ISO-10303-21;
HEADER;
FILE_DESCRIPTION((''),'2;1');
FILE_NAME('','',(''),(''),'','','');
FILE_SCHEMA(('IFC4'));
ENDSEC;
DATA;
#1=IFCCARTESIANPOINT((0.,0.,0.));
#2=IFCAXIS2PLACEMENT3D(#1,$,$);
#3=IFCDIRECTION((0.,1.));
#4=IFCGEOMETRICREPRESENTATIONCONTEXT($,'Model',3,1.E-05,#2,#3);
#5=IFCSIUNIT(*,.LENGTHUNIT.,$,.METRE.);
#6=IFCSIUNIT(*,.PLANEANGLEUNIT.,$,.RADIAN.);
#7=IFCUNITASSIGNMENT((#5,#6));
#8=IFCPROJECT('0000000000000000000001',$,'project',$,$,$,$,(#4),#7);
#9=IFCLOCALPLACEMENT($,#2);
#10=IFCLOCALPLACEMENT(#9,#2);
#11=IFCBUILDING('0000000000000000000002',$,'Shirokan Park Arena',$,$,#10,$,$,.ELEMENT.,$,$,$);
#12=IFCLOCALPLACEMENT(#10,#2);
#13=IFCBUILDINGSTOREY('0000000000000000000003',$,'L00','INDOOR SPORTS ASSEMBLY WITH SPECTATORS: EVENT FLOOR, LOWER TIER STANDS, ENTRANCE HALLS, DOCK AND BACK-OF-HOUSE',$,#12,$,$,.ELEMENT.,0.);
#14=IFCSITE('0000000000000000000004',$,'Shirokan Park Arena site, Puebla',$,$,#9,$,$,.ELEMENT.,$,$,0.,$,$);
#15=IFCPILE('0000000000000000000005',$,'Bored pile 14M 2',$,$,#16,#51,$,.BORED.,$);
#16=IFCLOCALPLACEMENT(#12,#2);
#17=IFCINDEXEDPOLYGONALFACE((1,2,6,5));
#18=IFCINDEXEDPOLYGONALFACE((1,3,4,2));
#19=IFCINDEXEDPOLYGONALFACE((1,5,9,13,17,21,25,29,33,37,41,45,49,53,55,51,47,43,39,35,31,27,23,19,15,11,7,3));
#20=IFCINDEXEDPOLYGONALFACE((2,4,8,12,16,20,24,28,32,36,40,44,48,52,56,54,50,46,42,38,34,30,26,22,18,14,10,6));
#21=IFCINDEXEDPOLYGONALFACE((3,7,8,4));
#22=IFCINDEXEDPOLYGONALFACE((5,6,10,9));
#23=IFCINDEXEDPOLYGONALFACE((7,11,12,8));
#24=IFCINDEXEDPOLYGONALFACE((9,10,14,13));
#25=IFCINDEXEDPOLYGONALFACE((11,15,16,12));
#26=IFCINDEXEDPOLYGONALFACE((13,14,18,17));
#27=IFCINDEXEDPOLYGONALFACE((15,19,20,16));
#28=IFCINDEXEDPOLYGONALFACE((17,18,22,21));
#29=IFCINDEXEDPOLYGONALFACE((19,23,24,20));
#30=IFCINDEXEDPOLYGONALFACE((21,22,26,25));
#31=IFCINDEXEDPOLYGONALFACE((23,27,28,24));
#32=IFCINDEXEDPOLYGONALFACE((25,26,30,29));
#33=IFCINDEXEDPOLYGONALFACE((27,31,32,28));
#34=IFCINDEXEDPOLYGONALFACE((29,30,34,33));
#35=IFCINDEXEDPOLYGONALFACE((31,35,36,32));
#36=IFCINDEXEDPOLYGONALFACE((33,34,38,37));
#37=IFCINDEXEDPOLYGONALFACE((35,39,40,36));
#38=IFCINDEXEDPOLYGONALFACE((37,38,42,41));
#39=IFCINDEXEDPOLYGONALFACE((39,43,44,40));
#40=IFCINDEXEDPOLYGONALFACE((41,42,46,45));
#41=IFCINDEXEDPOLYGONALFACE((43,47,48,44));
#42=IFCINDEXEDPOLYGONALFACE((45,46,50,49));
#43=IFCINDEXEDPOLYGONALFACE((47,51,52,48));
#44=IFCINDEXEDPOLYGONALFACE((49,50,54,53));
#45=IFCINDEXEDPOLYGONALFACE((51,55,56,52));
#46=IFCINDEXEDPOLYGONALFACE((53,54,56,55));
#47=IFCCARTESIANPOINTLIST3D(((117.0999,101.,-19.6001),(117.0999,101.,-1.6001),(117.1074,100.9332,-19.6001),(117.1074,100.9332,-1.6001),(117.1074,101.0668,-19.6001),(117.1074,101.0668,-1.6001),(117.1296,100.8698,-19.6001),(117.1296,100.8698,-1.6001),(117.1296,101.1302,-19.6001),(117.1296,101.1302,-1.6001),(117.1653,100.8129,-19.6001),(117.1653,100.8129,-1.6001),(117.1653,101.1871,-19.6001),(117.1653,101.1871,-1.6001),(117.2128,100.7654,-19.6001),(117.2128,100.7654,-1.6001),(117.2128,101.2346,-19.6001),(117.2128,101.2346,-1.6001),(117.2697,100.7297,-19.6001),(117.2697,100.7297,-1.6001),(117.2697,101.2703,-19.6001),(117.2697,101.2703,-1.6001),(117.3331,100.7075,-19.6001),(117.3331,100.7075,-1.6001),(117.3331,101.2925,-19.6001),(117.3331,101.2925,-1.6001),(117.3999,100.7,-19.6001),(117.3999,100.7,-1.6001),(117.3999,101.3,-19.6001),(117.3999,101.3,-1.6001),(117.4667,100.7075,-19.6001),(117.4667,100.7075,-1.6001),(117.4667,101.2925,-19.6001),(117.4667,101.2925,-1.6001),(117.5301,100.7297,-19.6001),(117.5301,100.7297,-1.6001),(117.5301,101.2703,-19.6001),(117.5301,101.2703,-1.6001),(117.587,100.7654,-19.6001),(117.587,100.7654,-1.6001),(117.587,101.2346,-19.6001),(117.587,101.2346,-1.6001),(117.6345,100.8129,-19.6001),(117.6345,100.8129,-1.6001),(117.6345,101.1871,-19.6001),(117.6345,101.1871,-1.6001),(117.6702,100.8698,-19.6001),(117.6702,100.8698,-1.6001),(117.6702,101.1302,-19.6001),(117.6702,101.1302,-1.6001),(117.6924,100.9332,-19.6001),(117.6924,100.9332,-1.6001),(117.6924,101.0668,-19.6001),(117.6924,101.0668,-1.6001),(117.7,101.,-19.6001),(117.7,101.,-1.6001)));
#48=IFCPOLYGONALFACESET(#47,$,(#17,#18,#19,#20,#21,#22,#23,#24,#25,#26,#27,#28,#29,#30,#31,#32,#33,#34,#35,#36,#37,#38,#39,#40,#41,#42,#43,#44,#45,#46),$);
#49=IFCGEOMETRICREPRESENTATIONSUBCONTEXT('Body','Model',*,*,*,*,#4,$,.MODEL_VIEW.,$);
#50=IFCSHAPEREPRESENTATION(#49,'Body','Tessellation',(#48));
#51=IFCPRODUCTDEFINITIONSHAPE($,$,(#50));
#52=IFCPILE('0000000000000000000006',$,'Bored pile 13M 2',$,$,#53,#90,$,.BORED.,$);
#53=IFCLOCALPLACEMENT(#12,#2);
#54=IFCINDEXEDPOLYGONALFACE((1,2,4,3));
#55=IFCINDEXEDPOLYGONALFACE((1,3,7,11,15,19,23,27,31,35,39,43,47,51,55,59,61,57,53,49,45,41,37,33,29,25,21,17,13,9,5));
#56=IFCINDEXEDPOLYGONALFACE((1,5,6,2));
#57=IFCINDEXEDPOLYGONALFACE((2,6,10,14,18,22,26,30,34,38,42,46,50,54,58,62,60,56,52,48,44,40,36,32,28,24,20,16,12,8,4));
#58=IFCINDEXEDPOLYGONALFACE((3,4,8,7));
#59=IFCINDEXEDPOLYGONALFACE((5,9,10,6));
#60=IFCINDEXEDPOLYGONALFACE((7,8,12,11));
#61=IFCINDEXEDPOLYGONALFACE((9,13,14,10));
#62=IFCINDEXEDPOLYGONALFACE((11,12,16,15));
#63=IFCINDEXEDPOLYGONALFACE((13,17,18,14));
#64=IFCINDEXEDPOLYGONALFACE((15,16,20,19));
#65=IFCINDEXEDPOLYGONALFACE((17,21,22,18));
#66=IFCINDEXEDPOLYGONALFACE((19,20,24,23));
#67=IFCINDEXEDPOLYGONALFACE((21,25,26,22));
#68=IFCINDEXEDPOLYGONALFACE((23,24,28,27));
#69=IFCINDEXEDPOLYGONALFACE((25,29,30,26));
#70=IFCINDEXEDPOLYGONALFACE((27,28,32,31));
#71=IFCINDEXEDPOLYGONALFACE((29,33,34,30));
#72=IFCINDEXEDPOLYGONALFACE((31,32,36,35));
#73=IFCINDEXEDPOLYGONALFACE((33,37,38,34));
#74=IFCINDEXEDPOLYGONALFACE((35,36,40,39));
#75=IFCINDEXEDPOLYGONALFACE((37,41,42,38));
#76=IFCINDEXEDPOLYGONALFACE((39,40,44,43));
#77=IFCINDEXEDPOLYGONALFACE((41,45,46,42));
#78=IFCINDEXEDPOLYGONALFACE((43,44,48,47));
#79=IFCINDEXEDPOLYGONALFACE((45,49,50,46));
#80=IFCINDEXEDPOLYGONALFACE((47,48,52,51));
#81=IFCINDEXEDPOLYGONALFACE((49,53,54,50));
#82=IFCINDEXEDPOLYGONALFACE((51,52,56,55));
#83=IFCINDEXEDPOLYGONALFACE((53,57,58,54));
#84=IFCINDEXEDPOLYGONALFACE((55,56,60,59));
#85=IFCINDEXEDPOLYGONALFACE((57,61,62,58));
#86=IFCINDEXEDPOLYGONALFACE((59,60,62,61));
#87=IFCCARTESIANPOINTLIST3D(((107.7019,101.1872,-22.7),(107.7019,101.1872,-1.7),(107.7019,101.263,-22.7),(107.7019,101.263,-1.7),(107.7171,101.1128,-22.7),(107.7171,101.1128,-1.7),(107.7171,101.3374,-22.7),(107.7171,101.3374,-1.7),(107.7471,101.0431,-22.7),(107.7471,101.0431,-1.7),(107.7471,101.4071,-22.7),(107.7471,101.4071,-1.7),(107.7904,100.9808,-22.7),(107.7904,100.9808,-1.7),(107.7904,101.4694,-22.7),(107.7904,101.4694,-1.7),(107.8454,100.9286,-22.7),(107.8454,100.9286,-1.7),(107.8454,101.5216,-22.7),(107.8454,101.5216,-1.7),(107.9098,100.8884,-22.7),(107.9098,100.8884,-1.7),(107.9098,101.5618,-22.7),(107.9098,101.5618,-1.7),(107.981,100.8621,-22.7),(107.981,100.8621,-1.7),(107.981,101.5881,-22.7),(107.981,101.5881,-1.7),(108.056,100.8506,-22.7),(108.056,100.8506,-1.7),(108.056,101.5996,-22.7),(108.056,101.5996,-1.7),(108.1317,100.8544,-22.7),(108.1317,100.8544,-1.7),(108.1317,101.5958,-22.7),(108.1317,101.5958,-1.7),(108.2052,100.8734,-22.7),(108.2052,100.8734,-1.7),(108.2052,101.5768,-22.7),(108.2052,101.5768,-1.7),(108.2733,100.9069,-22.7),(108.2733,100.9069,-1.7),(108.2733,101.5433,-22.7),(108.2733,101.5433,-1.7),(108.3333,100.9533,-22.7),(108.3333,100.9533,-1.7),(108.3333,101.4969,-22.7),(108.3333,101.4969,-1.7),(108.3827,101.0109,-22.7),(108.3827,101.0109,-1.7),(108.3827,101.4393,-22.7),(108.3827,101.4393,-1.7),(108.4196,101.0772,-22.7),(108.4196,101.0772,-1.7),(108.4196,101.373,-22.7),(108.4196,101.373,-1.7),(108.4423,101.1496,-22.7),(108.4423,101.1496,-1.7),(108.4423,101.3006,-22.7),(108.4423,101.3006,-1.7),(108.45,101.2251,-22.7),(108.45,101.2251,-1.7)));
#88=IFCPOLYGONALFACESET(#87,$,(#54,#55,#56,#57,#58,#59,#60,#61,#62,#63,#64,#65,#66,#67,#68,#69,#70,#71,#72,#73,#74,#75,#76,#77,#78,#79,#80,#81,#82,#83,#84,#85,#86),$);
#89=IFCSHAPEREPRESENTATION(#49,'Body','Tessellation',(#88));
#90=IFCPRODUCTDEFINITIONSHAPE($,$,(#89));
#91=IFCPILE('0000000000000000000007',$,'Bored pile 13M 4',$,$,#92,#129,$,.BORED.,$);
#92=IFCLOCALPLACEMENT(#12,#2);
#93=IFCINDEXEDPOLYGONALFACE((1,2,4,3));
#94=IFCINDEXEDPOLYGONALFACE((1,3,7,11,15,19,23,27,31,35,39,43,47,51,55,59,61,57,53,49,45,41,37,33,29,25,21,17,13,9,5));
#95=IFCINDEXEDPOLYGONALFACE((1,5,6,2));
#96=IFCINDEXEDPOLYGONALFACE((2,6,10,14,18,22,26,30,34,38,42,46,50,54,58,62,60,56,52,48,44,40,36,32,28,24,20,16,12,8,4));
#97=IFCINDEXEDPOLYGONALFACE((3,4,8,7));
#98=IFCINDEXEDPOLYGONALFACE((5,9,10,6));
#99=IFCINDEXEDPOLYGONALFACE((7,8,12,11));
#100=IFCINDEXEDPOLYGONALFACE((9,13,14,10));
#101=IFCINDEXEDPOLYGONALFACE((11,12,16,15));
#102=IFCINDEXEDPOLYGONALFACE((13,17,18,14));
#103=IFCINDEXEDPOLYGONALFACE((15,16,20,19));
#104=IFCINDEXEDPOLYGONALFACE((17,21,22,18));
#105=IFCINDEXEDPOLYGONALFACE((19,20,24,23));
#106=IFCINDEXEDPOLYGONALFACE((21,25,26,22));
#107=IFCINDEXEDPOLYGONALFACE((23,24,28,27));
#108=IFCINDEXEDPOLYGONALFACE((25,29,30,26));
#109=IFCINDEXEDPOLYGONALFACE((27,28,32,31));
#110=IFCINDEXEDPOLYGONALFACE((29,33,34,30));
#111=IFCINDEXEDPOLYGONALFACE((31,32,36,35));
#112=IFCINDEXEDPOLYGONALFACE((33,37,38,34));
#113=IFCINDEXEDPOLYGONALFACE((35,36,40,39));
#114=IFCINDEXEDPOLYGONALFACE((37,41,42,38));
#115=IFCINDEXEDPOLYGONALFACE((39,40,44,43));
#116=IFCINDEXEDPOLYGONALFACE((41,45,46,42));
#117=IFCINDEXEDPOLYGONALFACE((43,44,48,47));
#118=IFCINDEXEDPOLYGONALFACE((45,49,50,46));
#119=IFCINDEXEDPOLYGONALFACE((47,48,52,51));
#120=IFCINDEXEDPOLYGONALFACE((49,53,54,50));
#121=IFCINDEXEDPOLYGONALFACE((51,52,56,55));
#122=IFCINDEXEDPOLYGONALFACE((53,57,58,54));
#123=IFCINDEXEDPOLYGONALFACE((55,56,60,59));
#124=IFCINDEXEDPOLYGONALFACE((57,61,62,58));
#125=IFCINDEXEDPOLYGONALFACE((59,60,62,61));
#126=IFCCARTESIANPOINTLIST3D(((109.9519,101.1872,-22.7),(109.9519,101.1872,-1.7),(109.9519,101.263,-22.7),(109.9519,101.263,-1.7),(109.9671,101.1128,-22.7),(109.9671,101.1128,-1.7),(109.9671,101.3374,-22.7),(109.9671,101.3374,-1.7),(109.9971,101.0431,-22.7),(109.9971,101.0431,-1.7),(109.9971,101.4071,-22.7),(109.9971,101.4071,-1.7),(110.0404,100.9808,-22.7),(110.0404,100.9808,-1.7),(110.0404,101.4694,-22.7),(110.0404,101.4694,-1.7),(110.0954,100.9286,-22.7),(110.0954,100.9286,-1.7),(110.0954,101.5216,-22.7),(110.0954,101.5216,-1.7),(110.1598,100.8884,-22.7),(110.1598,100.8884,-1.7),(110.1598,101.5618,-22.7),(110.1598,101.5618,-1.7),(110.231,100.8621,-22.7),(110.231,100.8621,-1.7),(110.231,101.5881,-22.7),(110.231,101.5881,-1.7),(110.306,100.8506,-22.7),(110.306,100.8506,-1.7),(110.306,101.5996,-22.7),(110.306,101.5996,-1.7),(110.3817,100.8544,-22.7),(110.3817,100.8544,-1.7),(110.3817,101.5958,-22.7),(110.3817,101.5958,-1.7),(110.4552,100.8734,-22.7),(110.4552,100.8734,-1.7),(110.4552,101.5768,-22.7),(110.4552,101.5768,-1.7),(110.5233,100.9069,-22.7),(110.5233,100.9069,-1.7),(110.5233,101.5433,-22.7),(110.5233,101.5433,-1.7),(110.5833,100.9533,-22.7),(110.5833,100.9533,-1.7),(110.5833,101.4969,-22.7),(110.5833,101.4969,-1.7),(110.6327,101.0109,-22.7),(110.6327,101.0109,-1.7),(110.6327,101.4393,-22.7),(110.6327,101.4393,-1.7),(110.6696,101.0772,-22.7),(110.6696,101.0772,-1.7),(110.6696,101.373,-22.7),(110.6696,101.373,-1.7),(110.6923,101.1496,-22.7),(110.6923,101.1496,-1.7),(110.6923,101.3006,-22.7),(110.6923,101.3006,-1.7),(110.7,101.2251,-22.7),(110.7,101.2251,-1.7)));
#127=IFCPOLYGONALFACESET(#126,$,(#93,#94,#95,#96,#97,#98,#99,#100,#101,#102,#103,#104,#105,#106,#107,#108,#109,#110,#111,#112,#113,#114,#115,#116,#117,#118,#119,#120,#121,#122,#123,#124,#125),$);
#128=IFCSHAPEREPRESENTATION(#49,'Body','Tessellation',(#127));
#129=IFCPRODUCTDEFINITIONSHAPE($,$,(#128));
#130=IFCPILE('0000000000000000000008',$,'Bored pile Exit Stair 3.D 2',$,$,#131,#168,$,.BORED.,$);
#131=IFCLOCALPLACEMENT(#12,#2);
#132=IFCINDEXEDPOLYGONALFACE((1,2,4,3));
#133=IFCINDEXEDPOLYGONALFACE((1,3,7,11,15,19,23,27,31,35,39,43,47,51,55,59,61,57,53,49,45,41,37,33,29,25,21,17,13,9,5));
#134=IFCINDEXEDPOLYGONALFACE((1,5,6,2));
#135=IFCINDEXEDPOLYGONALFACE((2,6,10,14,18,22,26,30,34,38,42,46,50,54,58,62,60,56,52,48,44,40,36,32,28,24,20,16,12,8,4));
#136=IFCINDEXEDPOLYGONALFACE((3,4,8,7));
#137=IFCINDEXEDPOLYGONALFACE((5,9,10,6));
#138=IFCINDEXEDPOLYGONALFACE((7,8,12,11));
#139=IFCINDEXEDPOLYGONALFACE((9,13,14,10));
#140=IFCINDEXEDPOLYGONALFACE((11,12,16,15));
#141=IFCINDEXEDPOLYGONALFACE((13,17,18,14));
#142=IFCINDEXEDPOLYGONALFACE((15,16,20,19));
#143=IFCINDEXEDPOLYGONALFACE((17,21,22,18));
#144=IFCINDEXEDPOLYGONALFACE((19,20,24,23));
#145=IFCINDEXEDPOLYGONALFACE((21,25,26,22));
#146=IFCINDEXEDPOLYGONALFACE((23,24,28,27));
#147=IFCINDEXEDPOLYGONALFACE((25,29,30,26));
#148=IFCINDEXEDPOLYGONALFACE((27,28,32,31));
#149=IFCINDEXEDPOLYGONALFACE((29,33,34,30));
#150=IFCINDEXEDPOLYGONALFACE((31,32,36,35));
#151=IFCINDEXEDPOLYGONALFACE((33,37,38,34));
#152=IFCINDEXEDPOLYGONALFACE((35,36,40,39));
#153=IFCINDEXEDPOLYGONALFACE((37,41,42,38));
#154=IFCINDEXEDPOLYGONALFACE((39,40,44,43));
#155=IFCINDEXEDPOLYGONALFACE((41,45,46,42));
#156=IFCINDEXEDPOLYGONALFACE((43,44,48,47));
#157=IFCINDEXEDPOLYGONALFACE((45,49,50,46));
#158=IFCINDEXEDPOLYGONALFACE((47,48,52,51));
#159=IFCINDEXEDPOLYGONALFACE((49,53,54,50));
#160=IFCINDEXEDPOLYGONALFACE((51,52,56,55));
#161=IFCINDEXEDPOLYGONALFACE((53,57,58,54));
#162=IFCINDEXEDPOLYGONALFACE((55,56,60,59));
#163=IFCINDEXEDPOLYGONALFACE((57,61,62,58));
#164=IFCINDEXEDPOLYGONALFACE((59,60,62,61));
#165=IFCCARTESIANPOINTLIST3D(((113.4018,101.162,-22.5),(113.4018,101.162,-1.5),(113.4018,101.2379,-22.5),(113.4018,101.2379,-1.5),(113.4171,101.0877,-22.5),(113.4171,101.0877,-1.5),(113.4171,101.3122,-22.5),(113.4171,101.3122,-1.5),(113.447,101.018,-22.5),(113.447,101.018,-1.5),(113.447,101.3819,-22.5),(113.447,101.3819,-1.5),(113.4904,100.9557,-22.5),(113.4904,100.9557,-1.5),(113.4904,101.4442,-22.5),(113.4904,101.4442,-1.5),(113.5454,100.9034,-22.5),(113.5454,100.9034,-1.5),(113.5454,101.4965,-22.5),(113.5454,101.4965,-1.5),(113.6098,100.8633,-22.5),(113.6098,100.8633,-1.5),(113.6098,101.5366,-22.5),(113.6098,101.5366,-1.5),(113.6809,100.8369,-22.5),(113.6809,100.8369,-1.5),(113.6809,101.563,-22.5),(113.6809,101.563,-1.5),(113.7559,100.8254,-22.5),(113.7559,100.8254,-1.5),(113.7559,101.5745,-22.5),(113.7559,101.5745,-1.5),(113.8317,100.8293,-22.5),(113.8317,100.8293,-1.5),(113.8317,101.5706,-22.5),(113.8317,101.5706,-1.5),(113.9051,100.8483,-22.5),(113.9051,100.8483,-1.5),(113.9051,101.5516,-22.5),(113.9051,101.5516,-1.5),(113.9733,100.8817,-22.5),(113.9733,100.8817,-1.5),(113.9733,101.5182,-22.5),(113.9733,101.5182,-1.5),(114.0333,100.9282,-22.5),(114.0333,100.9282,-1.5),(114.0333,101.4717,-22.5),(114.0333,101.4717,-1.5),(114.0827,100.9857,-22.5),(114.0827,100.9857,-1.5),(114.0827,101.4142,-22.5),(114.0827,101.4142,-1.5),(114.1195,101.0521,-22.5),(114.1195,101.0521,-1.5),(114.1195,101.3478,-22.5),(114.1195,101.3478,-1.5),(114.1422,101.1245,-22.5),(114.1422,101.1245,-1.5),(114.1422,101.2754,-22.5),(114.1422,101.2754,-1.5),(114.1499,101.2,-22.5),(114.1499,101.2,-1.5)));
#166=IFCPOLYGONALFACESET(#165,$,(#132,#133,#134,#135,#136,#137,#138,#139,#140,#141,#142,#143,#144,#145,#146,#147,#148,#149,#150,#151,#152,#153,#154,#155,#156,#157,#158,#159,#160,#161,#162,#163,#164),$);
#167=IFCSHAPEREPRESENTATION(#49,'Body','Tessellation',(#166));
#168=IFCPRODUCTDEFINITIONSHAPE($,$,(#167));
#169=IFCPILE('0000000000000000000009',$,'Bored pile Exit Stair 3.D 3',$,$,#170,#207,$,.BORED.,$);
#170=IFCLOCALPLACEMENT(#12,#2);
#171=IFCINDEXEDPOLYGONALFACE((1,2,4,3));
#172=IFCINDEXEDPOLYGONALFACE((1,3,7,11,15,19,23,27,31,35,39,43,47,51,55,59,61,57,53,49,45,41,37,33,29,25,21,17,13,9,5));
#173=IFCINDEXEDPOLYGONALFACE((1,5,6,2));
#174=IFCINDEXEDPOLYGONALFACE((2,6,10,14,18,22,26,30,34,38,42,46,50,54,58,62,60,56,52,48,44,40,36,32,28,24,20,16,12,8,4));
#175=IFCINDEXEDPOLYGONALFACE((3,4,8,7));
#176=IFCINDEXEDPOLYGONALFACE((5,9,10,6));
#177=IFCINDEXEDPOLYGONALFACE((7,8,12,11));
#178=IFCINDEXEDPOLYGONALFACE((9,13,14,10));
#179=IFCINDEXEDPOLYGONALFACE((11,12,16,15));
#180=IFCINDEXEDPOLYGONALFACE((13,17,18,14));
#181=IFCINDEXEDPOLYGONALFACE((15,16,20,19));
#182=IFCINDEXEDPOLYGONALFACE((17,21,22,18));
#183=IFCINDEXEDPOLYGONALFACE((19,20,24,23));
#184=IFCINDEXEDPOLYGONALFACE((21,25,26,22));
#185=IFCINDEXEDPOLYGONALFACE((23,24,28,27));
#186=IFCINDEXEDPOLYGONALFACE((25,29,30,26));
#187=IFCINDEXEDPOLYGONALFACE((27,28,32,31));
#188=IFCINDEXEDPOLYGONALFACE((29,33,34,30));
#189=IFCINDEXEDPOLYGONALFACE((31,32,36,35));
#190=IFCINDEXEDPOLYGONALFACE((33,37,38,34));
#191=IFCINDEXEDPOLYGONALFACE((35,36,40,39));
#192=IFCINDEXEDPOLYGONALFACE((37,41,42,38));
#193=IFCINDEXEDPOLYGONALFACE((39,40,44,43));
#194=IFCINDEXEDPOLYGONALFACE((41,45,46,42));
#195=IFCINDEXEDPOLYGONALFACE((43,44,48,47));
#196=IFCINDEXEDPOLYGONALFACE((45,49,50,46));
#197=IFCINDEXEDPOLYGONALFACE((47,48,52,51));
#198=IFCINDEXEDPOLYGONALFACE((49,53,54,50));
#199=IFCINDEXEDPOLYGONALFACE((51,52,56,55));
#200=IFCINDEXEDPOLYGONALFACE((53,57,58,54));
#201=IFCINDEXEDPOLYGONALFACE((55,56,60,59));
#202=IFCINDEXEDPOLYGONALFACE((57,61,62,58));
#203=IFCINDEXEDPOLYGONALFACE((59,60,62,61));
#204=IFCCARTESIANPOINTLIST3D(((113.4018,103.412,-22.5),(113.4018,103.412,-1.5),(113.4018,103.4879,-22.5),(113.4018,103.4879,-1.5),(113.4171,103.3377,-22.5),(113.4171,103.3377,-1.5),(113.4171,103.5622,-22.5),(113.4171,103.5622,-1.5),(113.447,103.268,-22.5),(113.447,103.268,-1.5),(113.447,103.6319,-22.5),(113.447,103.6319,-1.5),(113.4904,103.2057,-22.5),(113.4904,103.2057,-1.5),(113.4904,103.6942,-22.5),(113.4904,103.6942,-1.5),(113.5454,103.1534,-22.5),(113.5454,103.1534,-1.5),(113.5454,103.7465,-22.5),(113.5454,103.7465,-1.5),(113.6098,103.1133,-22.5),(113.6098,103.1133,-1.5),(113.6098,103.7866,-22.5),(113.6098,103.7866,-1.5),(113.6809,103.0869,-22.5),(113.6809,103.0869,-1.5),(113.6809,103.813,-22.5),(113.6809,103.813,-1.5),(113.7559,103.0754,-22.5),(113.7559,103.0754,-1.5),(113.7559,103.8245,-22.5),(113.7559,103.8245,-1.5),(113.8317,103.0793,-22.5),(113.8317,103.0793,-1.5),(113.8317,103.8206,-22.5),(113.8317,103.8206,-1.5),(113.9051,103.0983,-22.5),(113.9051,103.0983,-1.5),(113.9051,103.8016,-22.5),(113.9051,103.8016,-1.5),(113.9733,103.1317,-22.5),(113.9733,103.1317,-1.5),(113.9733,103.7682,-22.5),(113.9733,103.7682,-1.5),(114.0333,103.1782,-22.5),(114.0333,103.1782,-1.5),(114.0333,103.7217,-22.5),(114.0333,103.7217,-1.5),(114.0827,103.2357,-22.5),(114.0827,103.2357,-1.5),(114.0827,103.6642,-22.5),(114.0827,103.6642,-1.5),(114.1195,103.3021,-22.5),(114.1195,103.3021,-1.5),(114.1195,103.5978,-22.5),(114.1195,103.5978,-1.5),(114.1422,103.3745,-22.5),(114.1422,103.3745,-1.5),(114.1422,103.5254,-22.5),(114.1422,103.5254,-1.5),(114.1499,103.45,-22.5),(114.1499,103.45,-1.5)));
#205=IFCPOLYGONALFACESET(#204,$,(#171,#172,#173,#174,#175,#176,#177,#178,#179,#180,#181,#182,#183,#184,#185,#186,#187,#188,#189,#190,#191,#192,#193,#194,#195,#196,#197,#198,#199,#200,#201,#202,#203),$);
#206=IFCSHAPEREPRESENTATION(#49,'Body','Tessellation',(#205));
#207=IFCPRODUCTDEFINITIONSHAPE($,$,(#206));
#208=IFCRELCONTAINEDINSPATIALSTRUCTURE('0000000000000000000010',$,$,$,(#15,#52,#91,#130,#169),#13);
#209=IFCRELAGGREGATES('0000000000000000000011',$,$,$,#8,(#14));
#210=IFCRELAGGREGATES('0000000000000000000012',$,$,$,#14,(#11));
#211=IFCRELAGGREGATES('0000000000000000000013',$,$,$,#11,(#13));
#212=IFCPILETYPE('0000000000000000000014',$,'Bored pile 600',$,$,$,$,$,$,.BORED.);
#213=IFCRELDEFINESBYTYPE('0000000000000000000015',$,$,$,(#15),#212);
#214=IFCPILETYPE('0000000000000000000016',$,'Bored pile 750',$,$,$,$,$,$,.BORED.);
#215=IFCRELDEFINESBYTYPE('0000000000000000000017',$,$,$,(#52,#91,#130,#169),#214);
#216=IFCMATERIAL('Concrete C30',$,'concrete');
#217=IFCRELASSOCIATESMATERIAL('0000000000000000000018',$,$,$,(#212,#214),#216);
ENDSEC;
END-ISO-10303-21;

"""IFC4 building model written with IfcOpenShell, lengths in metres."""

from ifc_helpers import new_model, si_unit, direction, frame, origin, origin_2d, place, context, subcontext, project, spatial, circle, extrude, material, material_profile, profile_set, type_object, element, save


model = new_model("IFC4")

# Units and contexts
model_context = context("Model", 3, precision=1e-05, world=origin(), true_north=direction((0.0, 1.0)))
body_context = subcontext(model_context, "Body", "Model", "MODEL_VIEW")
ifc_project = project(units=[si_unit("LENGTHUNIT", "METRE"), si_unit("PLANEANGLEUNIT", "RADIAN")], contexts=[model_context])

# Site, building, storey
site_placement = place(None, origin())
site = spatial("IfcSite", under=ifc_project, at=site_placement, Name="Shirokan Park Arena site, Puebla", CompositionType="ELEMENT", RefElevation=0.0)
building_placement = place(site_placement, origin())
building = spatial("IfcBuilding", under=site, at=building_placement, Name="Shirokan Park Arena", CompositionType="ELEMENT")
storey_placement = place(building_placement, origin())
storey = spatial("IfcBuildingStorey", under=building, at=storey_placement, Name="L00", Description="INDOOR SPORTS ASSEMBLY WITH SPECTATORS: EVENT FLOOR, LOWER TIER STANDS, ENTRANCE HALLS, DOCK AND BACK-OF-HOUSE", CompositionType="ELEMENT", Elevation=0.0)

# Piles
ifc_material_1 = material(Name="Concrete C30", Category="concrete")
ifc_material_profile_1 = material_profile(ifc_material_1, circle(Radius=0.3, at=origin_2d()), Name="D600")
ifc_profile_set_1 = profile_set([ifc_material_profile_1], Name="Concrete C30")
pile_type_1 = type_object("IfcPileType", Name="Bored pile 600", PredefinedType="BORED", material=ifc_profile_set_1)
pile_placement = place(storey_placement, frame((117.3999, 101.0, -1.6001), z_axis=(0.0, 0.0, -1.0), x_axis=(1.0, 0.0, 0.0)))
element("IfcPile", 1, at=pile_placement, inside=storey, type_object=pile_type_1, Name="Bored pile 14M 2", PredefinedType="BORED", context=body_context, shape_type="SweptSolid", body=[
    extrude(circle(Radius=0.3, at=origin_2d()), origin(), (0.0, 0.0, 1.0), 18.0),
])
ifc_material_profile_2 = material_profile(ifc_material_1, circle(Radius=0.375, at=origin_2d()), Name="D750")
ifc_profile_set_2 = profile_set([ifc_material_profile_2], Name="Concrete C30")
pile_type_2 = type_object("IfcPileType", Name="Bored pile 750", PredefinedType="BORED", material=ifc_profile_set_2)
for number, where, z_axis, x_axis, name in (
    (2, (108.075, 101.2251, -1.7), (0.0, 0.0, -1.0), (1.0, 0.0, 0.0), "Bored pile 13M 2"),
    (3, (110.325, 101.2251, -1.7), (0.0, 0.0, -1.0), (1.0, 0.0, 0.0), "Bored pile 13M 4"),
    (4, (113.7749, 101.2, -1.5), (0.0, 0.0, -1.0), (1.0, 0.0, 0.0), "Bored pile Exit Stair 3.D 2"),
    (5, (113.7749, 103.45, -1.5), (0.0, 0.0, -1.0), (1.0, 0.0, 0.0), "Bored pile Exit Stair 3.D 3"),
):
    element("IfcPile", number, at=place(storey_placement, frame(where, z_axis=z_axis, x_axis=x_axis)), inside=storey, type_object=pile_type_2, Name=name, PredefinedType="BORED", context=body_context, shape_type="SweptSolid", body=[
        extrude(circle(Radius=0.375, at=origin_2d()), origin(), (0.0, 0.0, 1.0), 21.0),
    ])

save(model, "model.ifc")
